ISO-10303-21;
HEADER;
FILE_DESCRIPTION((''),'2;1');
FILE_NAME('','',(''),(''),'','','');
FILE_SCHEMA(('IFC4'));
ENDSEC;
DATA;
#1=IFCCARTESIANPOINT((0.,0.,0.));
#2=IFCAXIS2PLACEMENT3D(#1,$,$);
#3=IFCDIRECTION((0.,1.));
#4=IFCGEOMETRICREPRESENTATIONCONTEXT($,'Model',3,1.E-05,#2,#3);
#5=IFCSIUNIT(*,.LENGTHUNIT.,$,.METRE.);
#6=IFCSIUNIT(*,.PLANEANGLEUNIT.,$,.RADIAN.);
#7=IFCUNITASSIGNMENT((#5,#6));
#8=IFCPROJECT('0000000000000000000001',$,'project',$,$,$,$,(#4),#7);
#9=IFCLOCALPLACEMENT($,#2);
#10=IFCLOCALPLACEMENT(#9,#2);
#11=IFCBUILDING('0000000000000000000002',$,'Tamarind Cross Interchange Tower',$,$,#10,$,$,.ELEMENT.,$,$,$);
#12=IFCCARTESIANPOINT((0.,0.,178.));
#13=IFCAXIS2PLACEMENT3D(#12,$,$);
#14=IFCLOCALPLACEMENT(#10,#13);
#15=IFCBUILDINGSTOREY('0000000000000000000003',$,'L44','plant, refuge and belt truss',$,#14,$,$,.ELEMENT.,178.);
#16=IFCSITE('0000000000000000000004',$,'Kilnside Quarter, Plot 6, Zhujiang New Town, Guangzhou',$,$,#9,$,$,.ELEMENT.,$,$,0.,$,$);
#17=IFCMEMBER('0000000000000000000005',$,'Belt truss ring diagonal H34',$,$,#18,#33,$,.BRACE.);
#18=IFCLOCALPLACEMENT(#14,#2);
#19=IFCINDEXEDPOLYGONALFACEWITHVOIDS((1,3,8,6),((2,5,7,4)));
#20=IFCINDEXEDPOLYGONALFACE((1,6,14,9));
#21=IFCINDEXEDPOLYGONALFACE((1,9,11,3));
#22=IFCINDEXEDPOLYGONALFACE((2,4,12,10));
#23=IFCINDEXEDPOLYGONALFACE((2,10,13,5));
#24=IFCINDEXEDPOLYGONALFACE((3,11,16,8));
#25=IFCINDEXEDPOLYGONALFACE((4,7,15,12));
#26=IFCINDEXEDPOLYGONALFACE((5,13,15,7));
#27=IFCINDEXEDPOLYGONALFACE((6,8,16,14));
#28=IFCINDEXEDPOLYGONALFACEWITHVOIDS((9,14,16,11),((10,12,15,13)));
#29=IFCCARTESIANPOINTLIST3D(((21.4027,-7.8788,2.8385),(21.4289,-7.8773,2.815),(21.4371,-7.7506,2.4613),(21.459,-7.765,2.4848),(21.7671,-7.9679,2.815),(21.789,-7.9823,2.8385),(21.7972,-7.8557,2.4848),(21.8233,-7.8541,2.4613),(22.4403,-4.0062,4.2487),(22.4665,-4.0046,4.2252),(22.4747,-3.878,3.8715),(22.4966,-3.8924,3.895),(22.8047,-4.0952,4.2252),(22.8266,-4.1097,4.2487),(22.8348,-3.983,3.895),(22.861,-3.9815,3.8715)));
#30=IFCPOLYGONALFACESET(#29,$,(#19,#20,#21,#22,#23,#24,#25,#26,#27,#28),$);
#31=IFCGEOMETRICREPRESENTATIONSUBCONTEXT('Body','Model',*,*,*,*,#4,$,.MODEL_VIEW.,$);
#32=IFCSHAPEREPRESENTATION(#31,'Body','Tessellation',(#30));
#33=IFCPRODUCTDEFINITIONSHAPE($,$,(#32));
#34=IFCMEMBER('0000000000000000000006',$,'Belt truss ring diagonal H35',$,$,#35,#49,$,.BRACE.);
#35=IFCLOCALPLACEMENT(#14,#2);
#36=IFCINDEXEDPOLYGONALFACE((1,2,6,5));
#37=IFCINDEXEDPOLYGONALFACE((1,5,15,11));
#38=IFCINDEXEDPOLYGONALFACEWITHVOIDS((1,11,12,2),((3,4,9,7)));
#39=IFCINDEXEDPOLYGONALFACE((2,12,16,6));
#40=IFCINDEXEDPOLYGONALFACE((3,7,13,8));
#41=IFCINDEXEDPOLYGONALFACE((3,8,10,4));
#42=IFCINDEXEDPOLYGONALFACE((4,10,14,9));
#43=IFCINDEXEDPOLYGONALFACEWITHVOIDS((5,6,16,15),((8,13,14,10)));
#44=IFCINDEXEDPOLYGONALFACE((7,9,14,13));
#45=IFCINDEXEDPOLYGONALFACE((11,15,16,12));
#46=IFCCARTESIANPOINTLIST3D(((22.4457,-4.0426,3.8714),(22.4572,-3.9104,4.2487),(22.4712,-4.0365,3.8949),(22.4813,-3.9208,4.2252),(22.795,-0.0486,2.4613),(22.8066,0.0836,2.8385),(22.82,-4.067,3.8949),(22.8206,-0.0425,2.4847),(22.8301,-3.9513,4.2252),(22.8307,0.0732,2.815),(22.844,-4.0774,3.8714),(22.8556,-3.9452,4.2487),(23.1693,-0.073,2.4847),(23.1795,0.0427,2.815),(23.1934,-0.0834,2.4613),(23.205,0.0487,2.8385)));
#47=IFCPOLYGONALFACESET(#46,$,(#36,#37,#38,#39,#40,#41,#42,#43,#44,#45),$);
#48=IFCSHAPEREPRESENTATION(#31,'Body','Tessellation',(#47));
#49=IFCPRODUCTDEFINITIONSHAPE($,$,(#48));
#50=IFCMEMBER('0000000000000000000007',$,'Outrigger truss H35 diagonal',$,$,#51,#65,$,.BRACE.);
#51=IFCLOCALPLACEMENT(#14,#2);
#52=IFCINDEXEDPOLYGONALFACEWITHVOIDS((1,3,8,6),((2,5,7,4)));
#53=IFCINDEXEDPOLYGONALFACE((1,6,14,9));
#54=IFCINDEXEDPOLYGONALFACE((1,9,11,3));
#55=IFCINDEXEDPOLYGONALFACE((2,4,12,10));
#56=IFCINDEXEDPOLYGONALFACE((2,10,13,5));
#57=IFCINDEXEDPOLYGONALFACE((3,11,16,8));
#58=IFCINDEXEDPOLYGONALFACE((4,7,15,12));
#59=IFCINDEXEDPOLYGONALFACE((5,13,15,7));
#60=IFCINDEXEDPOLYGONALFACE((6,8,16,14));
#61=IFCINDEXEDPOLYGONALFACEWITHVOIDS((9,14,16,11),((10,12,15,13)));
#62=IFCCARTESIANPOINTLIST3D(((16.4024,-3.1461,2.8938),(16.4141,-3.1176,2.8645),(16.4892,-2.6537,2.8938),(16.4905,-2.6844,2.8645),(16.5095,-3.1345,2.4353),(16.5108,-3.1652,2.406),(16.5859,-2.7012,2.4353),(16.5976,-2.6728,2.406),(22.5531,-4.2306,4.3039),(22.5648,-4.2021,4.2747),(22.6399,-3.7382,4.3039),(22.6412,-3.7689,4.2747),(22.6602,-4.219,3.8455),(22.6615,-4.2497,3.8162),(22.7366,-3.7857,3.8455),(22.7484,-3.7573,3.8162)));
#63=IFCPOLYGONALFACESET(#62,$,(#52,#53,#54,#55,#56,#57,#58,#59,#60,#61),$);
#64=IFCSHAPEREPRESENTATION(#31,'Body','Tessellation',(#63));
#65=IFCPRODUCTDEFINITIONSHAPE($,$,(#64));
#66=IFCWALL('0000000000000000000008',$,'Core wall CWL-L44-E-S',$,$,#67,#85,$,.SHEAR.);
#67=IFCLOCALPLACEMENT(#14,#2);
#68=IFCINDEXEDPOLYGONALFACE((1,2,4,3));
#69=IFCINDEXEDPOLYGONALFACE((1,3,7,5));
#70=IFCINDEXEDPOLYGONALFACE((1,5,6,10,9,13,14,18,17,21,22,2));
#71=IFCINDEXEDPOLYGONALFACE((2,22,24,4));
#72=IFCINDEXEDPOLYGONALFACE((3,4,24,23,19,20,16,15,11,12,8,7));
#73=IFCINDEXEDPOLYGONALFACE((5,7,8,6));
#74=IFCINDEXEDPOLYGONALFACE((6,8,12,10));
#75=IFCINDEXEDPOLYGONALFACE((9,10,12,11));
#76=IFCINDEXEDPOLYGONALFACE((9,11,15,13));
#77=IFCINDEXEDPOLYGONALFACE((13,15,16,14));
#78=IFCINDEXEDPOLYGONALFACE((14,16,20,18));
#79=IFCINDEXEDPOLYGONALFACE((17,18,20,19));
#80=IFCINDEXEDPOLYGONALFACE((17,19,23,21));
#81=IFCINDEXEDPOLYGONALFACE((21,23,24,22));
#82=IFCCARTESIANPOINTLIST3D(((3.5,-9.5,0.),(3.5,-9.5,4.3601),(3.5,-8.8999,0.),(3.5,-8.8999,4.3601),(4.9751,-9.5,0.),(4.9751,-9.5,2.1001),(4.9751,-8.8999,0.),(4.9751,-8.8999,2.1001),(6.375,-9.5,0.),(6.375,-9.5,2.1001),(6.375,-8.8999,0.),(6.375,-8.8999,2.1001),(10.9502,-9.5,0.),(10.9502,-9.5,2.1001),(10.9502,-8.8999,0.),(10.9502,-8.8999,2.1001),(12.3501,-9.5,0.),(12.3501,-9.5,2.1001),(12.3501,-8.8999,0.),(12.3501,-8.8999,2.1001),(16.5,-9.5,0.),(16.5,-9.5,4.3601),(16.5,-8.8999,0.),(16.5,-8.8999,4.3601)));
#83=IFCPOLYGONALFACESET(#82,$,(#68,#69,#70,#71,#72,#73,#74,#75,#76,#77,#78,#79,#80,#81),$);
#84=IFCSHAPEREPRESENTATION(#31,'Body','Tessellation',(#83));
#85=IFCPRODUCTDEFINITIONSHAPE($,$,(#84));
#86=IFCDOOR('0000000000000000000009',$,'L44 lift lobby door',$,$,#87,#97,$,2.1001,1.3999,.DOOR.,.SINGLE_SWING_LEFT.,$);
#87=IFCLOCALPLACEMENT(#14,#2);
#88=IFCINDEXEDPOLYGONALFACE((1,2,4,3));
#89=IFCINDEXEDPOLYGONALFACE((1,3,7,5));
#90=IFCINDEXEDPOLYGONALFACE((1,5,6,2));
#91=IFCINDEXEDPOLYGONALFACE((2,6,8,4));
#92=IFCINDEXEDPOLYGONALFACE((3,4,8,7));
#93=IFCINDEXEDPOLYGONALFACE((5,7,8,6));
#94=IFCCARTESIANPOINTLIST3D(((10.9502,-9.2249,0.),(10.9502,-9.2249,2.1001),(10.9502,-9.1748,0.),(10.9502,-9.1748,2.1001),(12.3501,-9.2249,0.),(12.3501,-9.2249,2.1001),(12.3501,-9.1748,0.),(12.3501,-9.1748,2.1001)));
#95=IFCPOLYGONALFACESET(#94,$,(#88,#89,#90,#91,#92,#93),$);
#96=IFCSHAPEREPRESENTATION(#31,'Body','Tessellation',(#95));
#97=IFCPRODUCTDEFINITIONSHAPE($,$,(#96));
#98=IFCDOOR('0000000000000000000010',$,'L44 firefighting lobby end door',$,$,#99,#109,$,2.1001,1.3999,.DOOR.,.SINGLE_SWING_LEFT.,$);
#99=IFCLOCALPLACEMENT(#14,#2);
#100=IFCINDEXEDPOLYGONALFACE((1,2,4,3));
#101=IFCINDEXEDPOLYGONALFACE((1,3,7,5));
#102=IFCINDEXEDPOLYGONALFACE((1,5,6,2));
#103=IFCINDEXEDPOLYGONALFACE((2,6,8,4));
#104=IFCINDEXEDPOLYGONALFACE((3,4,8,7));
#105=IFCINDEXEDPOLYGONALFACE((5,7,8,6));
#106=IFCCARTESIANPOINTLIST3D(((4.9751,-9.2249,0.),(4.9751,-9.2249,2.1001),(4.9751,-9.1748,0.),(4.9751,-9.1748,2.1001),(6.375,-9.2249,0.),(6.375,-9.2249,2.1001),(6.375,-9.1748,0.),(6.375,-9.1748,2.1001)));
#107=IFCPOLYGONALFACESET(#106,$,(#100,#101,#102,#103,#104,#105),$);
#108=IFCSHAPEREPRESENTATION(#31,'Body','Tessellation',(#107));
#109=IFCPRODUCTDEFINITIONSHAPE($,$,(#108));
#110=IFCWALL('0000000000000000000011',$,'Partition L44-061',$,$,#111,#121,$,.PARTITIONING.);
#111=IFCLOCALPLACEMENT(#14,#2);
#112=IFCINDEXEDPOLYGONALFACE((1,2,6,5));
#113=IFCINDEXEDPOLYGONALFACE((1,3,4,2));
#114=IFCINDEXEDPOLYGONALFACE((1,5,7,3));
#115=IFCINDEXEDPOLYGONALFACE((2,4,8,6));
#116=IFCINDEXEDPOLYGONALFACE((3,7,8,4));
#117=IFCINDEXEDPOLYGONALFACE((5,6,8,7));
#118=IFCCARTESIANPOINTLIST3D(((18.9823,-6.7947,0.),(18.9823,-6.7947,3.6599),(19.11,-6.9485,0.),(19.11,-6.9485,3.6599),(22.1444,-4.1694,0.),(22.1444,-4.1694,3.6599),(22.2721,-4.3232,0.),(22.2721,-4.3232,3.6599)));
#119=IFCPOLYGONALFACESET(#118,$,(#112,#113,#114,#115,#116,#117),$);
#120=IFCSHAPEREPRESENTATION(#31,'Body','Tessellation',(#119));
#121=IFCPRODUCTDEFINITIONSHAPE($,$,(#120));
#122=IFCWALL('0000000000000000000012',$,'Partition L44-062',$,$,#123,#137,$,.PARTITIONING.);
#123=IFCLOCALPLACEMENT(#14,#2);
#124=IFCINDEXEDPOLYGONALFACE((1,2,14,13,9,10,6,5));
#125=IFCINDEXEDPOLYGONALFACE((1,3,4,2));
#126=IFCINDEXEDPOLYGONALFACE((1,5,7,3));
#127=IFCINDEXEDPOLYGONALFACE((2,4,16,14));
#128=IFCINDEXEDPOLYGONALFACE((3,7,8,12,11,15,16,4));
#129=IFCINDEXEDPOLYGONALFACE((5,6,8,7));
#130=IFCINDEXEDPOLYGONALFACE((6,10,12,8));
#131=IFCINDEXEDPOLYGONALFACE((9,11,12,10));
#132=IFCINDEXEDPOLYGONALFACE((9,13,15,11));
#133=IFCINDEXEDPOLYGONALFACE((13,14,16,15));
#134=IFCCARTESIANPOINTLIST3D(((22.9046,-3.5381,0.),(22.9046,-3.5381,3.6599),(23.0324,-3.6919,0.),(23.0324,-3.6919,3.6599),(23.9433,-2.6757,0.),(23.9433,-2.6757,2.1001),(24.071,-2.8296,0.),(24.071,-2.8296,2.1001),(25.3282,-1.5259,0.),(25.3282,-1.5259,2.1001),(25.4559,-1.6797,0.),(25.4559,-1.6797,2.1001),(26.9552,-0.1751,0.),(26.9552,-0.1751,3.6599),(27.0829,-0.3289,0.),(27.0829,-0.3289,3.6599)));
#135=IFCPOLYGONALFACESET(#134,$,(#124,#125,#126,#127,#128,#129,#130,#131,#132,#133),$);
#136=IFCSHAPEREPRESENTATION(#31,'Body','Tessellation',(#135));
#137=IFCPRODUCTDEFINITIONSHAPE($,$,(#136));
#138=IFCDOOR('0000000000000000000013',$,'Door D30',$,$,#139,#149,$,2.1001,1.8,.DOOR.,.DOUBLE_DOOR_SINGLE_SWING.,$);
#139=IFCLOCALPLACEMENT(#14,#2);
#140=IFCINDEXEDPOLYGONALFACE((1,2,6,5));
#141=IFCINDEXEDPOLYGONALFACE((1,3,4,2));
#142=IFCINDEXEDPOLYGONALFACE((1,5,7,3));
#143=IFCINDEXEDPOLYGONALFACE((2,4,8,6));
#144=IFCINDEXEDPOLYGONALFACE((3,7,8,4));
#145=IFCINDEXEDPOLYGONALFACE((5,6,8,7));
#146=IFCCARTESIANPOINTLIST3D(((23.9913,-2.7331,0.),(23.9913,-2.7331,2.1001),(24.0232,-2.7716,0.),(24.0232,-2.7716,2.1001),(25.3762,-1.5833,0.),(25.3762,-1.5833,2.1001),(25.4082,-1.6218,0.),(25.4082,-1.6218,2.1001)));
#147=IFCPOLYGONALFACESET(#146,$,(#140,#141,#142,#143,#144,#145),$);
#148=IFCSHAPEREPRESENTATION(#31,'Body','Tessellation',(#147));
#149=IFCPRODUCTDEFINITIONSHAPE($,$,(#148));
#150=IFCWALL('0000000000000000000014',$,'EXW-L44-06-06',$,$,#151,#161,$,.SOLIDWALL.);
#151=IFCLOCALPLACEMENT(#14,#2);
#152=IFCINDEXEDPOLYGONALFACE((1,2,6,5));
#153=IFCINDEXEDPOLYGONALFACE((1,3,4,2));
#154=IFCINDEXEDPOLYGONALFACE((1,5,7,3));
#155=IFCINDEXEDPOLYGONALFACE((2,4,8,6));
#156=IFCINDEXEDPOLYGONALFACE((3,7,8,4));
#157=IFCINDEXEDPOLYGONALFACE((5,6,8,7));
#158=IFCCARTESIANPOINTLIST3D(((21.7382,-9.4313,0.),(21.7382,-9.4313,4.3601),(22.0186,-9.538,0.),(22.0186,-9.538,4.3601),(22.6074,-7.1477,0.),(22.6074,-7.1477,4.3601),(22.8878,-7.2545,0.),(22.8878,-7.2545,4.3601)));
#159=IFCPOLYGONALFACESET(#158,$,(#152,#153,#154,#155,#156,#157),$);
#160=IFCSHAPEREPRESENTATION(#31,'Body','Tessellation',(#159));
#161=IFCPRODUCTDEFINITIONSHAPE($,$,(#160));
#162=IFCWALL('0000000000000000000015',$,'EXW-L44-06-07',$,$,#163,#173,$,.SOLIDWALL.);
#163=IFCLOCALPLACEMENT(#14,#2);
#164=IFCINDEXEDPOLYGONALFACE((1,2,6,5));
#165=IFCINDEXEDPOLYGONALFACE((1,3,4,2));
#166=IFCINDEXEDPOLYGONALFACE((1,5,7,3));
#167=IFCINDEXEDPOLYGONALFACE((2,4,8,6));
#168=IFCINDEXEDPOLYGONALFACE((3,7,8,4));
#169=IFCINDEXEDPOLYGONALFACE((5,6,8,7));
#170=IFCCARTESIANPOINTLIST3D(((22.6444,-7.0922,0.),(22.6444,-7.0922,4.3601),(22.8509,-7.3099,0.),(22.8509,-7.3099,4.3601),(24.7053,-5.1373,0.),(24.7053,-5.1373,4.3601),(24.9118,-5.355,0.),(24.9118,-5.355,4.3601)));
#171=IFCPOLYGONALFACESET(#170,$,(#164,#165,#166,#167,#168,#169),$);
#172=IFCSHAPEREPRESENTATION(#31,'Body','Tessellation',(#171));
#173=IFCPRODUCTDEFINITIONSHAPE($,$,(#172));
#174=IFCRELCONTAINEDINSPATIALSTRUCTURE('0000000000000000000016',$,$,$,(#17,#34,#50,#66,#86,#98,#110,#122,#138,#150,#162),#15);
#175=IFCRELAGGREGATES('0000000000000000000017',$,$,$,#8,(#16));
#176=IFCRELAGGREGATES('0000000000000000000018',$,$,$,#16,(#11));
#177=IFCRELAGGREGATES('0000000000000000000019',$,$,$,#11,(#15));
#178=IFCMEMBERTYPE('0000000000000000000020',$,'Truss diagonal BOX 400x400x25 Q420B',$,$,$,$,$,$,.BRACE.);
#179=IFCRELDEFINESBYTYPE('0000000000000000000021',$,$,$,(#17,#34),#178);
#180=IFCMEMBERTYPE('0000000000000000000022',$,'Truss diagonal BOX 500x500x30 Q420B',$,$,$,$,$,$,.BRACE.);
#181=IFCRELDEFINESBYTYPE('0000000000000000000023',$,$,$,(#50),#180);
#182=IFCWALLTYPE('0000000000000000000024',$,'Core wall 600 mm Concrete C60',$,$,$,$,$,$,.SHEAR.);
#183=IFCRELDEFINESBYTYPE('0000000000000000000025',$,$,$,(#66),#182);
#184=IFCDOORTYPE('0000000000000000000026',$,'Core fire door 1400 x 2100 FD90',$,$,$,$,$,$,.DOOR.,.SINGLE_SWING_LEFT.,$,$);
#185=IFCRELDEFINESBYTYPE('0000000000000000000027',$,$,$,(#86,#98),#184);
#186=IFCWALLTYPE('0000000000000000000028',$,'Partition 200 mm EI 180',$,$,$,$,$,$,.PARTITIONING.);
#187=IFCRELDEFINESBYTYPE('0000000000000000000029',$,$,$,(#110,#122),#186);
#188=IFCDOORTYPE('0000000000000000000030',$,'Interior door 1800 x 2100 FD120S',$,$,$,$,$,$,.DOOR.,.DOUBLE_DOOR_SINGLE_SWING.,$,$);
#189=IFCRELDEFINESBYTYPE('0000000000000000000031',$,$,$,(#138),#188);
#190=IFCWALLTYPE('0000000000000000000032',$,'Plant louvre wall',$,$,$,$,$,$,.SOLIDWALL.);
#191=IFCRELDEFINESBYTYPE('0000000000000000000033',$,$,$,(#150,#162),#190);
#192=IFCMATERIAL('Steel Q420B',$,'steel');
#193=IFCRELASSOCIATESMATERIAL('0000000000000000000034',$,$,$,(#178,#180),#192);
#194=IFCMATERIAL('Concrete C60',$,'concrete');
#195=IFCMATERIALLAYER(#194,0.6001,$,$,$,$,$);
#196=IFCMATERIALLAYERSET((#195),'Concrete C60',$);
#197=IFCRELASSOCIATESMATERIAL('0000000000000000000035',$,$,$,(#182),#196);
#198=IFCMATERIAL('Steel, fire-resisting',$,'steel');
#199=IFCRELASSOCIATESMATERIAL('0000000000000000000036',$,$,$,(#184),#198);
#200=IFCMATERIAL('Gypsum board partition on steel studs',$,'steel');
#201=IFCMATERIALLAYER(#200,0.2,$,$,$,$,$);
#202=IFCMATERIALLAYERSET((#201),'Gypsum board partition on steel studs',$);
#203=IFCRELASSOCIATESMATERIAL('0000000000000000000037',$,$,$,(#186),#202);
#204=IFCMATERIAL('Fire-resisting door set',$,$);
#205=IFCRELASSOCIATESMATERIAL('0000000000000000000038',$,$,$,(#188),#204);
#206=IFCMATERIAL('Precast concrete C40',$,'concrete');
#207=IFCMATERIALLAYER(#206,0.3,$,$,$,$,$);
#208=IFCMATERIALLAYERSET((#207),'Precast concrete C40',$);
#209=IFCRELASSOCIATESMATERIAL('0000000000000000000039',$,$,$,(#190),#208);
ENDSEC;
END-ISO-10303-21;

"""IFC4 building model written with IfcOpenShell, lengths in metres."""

from ifc_helpers import new_model, si_unit, direction, frame, frame_2d, origin, origin_2d, place, context, subcontext, project, spatial, rectangle, hollow_rectangle, extrude, material, layer, layer_set, material_profile, profile_set, type_object, element, fill, save


model = new_model("IFC4")

# Units and contexts
model_context = context("Model", 3, precision=1e-05, world=origin(), true_north=direction((0.0, 1.0)))
body_context = subcontext(model_context, "Body", "Model", "MODEL_VIEW")
ifc_project = project(units=[si_unit("LENGTHUNIT", "METRE"), si_unit("PLANEANGLEUNIT", "RADIAN")], contexts=[model_context])

# Site, building, storey
site_placement = place(None, origin())
site = spatial("IfcSite", under=ifc_project, at=site_placement, Name="Kilnside Quarter, Plot 6, Zhujiang New Town, Guangzhou", CompositionType="ELEMENT", RefElevation=0.0)
building_placement = place(site_placement, origin())
building = spatial("IfcBuilding", under=site, at=building_placement, Name="Tamarind Cross Interchange Tower", CompositionType="ELEMENT")
storey_placement = place(building_placement, frame((0.0, 0.0, 178.0)))
storey = spatial("IfcBuildingStorey", under=building, at=storey_placement, Name="L44", Description="plant, refuge and belt truss", CompositionType="ELEMENT", Elevation=178.0)

# Shared definitions
ifc_material_1 = material(Name="Concrete C60", Category="concrete")

# Members
ifc_material_2 = material(Name="Steel Q420B", Category="steel")
ifc_material_profile_1 = material_profile(ifc_material_2, hollow_rectangle(XDim=0.3999, YDim=0.3999, WallThickness=0.0249, at=origin_2d()), Name="BOX 400x400x25")
ifc_profile_set_1 = profile_set([ifc_material_profile_1], Name="Steel Q420B")
member_type_1 = type_object("IfcMemberType", Name="Truss diagonal BOX 400x400x25 Q420B", PredefinedType="BRACE", material=ifc_profile_set_1)
for number, where, z_axis, x_axis, name in (
    (1, (21.613, -7.8665, 2.6499), (0.244145, 0.911206, 0.331807), (-0.965929, 0.258807, 0.0), "Belt truss ring diagonal H34"),
    (2, (22.6506, -3.9939, 4.0601), (0.082205, 0.939758, -0.331808), (-0.996196, 0.087142, 0.0), "Belt truss ring diagonal H35"),
):
    element("IfcMember", number, at=place(storey_placement, frame(where, z_axis=z_axis, x_axis=x_axis)), inside=storey, type_object=member_type_1, Name=name, PredefinedType="BRACE", context=body_context, shape_type="SweptSolid", body=[
        extrude(hollow_rectangle(XDim=0.3999, YDim=0.3999, WallThickness=0.0249, at=origin_2d()), origin(), (0.0, 0.0, 1.0), 4.25),
    ])
ifc_material_profile_2 = material_profile(ifc_material_2, hollow_rectangle(XDim=0.5, YDim=0.5, WallThickness=0.03, at=origin_2d()), Name="BOX 500x500x30")
ifc_profile_set_2 = profile_set([ifc_material_profile_2], Name="Steel Q420B")
member_type_2 = type_object("IfcMemberType", Name="Truss diagonal BOX 500x500x30 Q420B", PredefinedType="BRACE", material=ifc_profile_set_2)
member_1_placement = place(storey_placement, frame((16.5, -2.9094, 2.6499), z_axis=(0.960627, -0.169377, 0.220243), x_axis=(0.17364, 0.984809, 0.0)))
element("IfcMember", 3, at=member_1_placement, inside=storey, type_object=member_type_2, Name="Outrigger truss H35 diagonal", PredefinedType="BRACE", context=body_context, shape_type="SweptSolid", body=[
    extrude(hollow_rectangle(XDim=0.5, YDim=0.5, WallThickness=0.03, at=origin_2d()), origin(), (0.0, 0.0, 1.0), 6.4028),
])

# Wall, openings, doors
ifc_layer_1 = layer(ifc_material_1, 0.6001)
ifc_layer_set_1 = layer_set([ifc_layer_1], Name="Concrete C60")
wall_type_1 = type_object("IfcWallType", Name="Core wall 600 mm Concrete C60", PredefinedType="SHEAR", material=ifc_layer_set_1)
wall_1_placement = place(storey_placement, frame((16.5, -9.2, 0.0), z_axis=(0.0, 0.0, 1.0), x_axis=(-1.0, 0.0, 0.0)))
wall_1 = element("IfcWall", 4, at=wall_1_placement, inside=storey, type_object=wall_type_1, Name="Core wall CWL-L44-E-S", PredefinedType="SHEAR", context=body_context, shape_type="SweptSolid", body=[
    extrude(rectangle(XDim=13.0, YDim=0.6001, at=frame_2d((6.5, 0.0))), origin(), (0.0, 0.0, 1.0), 4.3601),
])
opening_1_placement = place(wall_1_placement, frame((4.1499, 0.0, 0.0)))
opening_1 = element("IfcOpeningElement", 5, at=opening_1_placement, cuts=wall_1, PredefinedType="OPENING", context=body_context, shape_type="SweptSolid", body=[
    extrude(rectangle(XDim=1.3999, YDim=2.1001, at=frame_2d((0.7, 1.05))), frame((0.0, 0.3101, 0.0), z_axis=(0.0, -1.0, 0.0), x_axis=(1.0, 0.0, 0.0)), (0.0, 0.0, 1.0), 0.6201),
])
opening_2_placement = place(wall_1_placement, frame((10.125, 0.0, 0.0)))
opening_2 = element("IfcOpeningElement", 6, at=opening_2_placement, cuts=wall_1, PredefinedType="OPENING", context=body_context, shape_type="SweptSolid", body=[
    extrude(rectangle(XDim=1.3999, YDim=2.1001, at=frame_2d((0.7, 1.05))), frame((0.0, 0.3101, 0.0), z_axis=(0.0, -1.0, 0.0), x_axis=(1.0, 0.0, 0.0)), (0.0, 0.0, 1.0), 0.6201),
])
ifc_material_3 = material(Name="Steel, fire-resisting", Category="steel")
door_type_1 = type_object("IfcDoorType", Name="Core fire door 1400 x 2100 FD90", OperationType="SINGLE_SWING_LEFT", PredefinedType="DOOR", material=ifc_material_3)
door_1_placement = place(opening_1_placement, origin())
door_1 = element("IfcDoor", 7, at=door_1_placement, inside=storey, type_object=door_type_1, Name="L44 lift lobby door", OperationType="SINGLE_SWING_LEFT", OverallHeight=2.1001, OverallWidth=1.3999, PredefinedType="DOOR", context=body_context, shape_type="SweptSolid", body=[
    extrude(rectangle(XDim=1.3999, YDim=2.1001, at=frame_2d((0.7, 1.05))), frame((0.0, 0.0249, 0.0), z_axis=(0.0, -1.0, 0.0), x_axis=(1.0, 0.0, 0.0)), (0.0, 0.0, 1.0), 0.05),
])
fill(opening_1, door_1)
door_2_placement = place(opening_2_placement, origin())
door_2 = element("IfcDoor", 8, at=door_2_placement, inside=storey, type_object=door_type_1, Name="L44 firefighting lobby end door", OperationType="SINGLE_SWING_LEFT", OverallHeight=2.1001, OverallWidth=1.3999, PredefinedType="DOOR", context=body_context, shape_type="SweptSolid", body=[
    extrude(rectangle(XDim=1.3999, YDim=2.1001, at=frame_2d((0.7, 1.05))), frame((0.0, 0.0249, 0.0), z_axis=(0.0, -1.0, 0.0), x_axis=(1.0, 0.0, 0.0)), (0.0, 0.0, 1.0), 0.05),
])
fill(opening_2, door_2)

# Wall
ifc_material_4 = material(Name="Gypsum board partition on steel studs", Category="steel")
ifc_layer_2 = layer(ifc_material_4, 0.2)
ifc_layer_set_2 = layer_set([ifc_layer_2], Name="Gypsum board partition on steel studs")
wall_type_2 = type_object("IfcWallType", Name="Partition 200 mm EI 180", PredefinedType="PARTITIONING", material=ifc_layer_set_2)
wall_2_placement = place(storey_placement, frame((19.0461, -6.8716, 0.0), z_axis=(0.0, 0.0, 1.0), x_axis=(0.769398, 0.638769, 0.0)))
element("IfcWall", 9, at=wall_2_placement, inside=storey, type_object=wall_type_2, Name="Partition L44-061", PredefinedType="PARTITIONING", context=body_context, shape_type="SweptSolid", body=[
    extrude(rectangle(XDim=4.1099, YDim=0.2, at=frame_2d((2.0549, 0.0))), origin(), (0.0, 0.0, 1.0), 3.6599),
])

# Wall, opening, door
wall_3_placement = place(storey_placement, frame((22.9685, -3.615, 0.0), z_axis=(0.0, 0.0, 1.0), x_axis=(0.769379, 0.638792, 0.0)))
wall_3 = element("IfcWall", 10, at=wall_3_placement, inside=storey, type_object=wall_type_2, Name="Partition L44-062", PredefinedType="PARTITIONING", context=body_context, shape_type="SweptSolid", body=[
    extrude(rectangle(XDim=5.2646, YDim=0.2, at=frame_2d((2.6323, 0.0))), origin(), (0.0, 0.0, 1.0), 3.6599),
])
opening_3_placement = place(wall_3_placement, frame((1.3501, 0.0, 0.0)))
opening_3 = element("IfcOpeningElement", 11, at=opening_3_placement, cuts=wall_3, PredefinedType="OPENING", context=body_context, shape_type="SweptSolid", body=[
    extrude(rectangle(XDim=1.8, YDim=2.1001, at=frame_2d((0.8999, 1.05))), frame((0.0, 0.1099, 0.0), z_axis=(0.0, -1.0, 0.0), x_axis=(1.0, 0.0, 0.0)), (0.0, 0.0, 1.0), 0.22),
])
ifc_material_5 = material(Name="Fire-resisting door set")
door_type_2 = type_object("IfcDoorType", Name="Interior door 1800 x 2100 FD120S", OperationType="DOUBLE_DOOR_SINGLE_SWING", PredefinedType="DOOR", material=ifc_material_5)
door_3_placement = place(opening_3_placement, frame((1.8, 0.0, 0.0), z_axis=(0.0, 0.0, 1.0), x_axis=(-1.0, 0.0, 0.0)))
door_3 = element("IfcDoor", 12, at=door_3_placement, inside=storey, type_object=door_type_2, Name="Door D30", OperationType="DOUBLE_DOOR_SINGLE_SWING", OverallHeight=2.1001, OverallWidth=1.8, PredefinedType="DOOR", context=body_context, shape_type="SweptSolid", body=[
    extrude(rectangle(XDim=1.8, YDim=2.1001, at=frame_2d((0.8999, 1.05))), frame((0.0, 0.0249, 0.0), z_axis=(0.0, -1.0, 0.0), x_axis=(1.0, 0.0, 0.0)), (0.0, 0.0, 1.0), 0.05),
])
fill(opening_3, door_3)

# Walls
ifc_material_6 = material(Name="Precast concrete C40", Category="concrete")
ifc_layer_3 = layer(ifc_material_6, 0.3)
ifc_layer_set_3 = layer_set([ifc_layer_3], Name="Precast concrete C40")
wall_type_3 = type_object("IfcWallType", Name="Plant louvre wall", PredefinedType="SOLIDWALL", material=ifc_layer_set_3)
wall_4_placement = place(storey_placement, frame((21.8784, -9.4846, 0.0), z_axis=(0.0, 0.0, 1.0), x_axis=(0.355729, 0.934589, 0.0)))
element("IfcWall", 13, at=wall_4_placement, inside=storey, type_object=wall_type_3, Name="EXW-L44-06-06", PredefinedType="SOLIDWALL", context=body_context, shape_type="SweptSolid", body=[
    extrude(rectangle(XDim=2.4434, YDim=0.3, at=frame_2d((1.2217, 0.0))), origin(), (0.0, 0.0, 1.0), 4.3601),
])
wall_5_placement = place(storey_placement, frame((22.7476, -7.2012, 0.0), z_axis=(0.0, 0.0, 1.0), x_axis=(0.725512, 0.688209, 0.0)))
element("IfcWall", 14, at=wall_5_placement, inside=storey, type_object=wall_type_3, Name="EXW-L44-06-07", PredefinedType="SOLIDWALL", context=body_context, shape_type="SweptSolid", body=[
    extrude(rectangle(XDim=2.8406, YDim=0.3, at=frame_2d((1.4204, 0.0))), origin(), (0.0, 0.0, 1.0), 4.3601),
])

save(model, "model.ifc")
